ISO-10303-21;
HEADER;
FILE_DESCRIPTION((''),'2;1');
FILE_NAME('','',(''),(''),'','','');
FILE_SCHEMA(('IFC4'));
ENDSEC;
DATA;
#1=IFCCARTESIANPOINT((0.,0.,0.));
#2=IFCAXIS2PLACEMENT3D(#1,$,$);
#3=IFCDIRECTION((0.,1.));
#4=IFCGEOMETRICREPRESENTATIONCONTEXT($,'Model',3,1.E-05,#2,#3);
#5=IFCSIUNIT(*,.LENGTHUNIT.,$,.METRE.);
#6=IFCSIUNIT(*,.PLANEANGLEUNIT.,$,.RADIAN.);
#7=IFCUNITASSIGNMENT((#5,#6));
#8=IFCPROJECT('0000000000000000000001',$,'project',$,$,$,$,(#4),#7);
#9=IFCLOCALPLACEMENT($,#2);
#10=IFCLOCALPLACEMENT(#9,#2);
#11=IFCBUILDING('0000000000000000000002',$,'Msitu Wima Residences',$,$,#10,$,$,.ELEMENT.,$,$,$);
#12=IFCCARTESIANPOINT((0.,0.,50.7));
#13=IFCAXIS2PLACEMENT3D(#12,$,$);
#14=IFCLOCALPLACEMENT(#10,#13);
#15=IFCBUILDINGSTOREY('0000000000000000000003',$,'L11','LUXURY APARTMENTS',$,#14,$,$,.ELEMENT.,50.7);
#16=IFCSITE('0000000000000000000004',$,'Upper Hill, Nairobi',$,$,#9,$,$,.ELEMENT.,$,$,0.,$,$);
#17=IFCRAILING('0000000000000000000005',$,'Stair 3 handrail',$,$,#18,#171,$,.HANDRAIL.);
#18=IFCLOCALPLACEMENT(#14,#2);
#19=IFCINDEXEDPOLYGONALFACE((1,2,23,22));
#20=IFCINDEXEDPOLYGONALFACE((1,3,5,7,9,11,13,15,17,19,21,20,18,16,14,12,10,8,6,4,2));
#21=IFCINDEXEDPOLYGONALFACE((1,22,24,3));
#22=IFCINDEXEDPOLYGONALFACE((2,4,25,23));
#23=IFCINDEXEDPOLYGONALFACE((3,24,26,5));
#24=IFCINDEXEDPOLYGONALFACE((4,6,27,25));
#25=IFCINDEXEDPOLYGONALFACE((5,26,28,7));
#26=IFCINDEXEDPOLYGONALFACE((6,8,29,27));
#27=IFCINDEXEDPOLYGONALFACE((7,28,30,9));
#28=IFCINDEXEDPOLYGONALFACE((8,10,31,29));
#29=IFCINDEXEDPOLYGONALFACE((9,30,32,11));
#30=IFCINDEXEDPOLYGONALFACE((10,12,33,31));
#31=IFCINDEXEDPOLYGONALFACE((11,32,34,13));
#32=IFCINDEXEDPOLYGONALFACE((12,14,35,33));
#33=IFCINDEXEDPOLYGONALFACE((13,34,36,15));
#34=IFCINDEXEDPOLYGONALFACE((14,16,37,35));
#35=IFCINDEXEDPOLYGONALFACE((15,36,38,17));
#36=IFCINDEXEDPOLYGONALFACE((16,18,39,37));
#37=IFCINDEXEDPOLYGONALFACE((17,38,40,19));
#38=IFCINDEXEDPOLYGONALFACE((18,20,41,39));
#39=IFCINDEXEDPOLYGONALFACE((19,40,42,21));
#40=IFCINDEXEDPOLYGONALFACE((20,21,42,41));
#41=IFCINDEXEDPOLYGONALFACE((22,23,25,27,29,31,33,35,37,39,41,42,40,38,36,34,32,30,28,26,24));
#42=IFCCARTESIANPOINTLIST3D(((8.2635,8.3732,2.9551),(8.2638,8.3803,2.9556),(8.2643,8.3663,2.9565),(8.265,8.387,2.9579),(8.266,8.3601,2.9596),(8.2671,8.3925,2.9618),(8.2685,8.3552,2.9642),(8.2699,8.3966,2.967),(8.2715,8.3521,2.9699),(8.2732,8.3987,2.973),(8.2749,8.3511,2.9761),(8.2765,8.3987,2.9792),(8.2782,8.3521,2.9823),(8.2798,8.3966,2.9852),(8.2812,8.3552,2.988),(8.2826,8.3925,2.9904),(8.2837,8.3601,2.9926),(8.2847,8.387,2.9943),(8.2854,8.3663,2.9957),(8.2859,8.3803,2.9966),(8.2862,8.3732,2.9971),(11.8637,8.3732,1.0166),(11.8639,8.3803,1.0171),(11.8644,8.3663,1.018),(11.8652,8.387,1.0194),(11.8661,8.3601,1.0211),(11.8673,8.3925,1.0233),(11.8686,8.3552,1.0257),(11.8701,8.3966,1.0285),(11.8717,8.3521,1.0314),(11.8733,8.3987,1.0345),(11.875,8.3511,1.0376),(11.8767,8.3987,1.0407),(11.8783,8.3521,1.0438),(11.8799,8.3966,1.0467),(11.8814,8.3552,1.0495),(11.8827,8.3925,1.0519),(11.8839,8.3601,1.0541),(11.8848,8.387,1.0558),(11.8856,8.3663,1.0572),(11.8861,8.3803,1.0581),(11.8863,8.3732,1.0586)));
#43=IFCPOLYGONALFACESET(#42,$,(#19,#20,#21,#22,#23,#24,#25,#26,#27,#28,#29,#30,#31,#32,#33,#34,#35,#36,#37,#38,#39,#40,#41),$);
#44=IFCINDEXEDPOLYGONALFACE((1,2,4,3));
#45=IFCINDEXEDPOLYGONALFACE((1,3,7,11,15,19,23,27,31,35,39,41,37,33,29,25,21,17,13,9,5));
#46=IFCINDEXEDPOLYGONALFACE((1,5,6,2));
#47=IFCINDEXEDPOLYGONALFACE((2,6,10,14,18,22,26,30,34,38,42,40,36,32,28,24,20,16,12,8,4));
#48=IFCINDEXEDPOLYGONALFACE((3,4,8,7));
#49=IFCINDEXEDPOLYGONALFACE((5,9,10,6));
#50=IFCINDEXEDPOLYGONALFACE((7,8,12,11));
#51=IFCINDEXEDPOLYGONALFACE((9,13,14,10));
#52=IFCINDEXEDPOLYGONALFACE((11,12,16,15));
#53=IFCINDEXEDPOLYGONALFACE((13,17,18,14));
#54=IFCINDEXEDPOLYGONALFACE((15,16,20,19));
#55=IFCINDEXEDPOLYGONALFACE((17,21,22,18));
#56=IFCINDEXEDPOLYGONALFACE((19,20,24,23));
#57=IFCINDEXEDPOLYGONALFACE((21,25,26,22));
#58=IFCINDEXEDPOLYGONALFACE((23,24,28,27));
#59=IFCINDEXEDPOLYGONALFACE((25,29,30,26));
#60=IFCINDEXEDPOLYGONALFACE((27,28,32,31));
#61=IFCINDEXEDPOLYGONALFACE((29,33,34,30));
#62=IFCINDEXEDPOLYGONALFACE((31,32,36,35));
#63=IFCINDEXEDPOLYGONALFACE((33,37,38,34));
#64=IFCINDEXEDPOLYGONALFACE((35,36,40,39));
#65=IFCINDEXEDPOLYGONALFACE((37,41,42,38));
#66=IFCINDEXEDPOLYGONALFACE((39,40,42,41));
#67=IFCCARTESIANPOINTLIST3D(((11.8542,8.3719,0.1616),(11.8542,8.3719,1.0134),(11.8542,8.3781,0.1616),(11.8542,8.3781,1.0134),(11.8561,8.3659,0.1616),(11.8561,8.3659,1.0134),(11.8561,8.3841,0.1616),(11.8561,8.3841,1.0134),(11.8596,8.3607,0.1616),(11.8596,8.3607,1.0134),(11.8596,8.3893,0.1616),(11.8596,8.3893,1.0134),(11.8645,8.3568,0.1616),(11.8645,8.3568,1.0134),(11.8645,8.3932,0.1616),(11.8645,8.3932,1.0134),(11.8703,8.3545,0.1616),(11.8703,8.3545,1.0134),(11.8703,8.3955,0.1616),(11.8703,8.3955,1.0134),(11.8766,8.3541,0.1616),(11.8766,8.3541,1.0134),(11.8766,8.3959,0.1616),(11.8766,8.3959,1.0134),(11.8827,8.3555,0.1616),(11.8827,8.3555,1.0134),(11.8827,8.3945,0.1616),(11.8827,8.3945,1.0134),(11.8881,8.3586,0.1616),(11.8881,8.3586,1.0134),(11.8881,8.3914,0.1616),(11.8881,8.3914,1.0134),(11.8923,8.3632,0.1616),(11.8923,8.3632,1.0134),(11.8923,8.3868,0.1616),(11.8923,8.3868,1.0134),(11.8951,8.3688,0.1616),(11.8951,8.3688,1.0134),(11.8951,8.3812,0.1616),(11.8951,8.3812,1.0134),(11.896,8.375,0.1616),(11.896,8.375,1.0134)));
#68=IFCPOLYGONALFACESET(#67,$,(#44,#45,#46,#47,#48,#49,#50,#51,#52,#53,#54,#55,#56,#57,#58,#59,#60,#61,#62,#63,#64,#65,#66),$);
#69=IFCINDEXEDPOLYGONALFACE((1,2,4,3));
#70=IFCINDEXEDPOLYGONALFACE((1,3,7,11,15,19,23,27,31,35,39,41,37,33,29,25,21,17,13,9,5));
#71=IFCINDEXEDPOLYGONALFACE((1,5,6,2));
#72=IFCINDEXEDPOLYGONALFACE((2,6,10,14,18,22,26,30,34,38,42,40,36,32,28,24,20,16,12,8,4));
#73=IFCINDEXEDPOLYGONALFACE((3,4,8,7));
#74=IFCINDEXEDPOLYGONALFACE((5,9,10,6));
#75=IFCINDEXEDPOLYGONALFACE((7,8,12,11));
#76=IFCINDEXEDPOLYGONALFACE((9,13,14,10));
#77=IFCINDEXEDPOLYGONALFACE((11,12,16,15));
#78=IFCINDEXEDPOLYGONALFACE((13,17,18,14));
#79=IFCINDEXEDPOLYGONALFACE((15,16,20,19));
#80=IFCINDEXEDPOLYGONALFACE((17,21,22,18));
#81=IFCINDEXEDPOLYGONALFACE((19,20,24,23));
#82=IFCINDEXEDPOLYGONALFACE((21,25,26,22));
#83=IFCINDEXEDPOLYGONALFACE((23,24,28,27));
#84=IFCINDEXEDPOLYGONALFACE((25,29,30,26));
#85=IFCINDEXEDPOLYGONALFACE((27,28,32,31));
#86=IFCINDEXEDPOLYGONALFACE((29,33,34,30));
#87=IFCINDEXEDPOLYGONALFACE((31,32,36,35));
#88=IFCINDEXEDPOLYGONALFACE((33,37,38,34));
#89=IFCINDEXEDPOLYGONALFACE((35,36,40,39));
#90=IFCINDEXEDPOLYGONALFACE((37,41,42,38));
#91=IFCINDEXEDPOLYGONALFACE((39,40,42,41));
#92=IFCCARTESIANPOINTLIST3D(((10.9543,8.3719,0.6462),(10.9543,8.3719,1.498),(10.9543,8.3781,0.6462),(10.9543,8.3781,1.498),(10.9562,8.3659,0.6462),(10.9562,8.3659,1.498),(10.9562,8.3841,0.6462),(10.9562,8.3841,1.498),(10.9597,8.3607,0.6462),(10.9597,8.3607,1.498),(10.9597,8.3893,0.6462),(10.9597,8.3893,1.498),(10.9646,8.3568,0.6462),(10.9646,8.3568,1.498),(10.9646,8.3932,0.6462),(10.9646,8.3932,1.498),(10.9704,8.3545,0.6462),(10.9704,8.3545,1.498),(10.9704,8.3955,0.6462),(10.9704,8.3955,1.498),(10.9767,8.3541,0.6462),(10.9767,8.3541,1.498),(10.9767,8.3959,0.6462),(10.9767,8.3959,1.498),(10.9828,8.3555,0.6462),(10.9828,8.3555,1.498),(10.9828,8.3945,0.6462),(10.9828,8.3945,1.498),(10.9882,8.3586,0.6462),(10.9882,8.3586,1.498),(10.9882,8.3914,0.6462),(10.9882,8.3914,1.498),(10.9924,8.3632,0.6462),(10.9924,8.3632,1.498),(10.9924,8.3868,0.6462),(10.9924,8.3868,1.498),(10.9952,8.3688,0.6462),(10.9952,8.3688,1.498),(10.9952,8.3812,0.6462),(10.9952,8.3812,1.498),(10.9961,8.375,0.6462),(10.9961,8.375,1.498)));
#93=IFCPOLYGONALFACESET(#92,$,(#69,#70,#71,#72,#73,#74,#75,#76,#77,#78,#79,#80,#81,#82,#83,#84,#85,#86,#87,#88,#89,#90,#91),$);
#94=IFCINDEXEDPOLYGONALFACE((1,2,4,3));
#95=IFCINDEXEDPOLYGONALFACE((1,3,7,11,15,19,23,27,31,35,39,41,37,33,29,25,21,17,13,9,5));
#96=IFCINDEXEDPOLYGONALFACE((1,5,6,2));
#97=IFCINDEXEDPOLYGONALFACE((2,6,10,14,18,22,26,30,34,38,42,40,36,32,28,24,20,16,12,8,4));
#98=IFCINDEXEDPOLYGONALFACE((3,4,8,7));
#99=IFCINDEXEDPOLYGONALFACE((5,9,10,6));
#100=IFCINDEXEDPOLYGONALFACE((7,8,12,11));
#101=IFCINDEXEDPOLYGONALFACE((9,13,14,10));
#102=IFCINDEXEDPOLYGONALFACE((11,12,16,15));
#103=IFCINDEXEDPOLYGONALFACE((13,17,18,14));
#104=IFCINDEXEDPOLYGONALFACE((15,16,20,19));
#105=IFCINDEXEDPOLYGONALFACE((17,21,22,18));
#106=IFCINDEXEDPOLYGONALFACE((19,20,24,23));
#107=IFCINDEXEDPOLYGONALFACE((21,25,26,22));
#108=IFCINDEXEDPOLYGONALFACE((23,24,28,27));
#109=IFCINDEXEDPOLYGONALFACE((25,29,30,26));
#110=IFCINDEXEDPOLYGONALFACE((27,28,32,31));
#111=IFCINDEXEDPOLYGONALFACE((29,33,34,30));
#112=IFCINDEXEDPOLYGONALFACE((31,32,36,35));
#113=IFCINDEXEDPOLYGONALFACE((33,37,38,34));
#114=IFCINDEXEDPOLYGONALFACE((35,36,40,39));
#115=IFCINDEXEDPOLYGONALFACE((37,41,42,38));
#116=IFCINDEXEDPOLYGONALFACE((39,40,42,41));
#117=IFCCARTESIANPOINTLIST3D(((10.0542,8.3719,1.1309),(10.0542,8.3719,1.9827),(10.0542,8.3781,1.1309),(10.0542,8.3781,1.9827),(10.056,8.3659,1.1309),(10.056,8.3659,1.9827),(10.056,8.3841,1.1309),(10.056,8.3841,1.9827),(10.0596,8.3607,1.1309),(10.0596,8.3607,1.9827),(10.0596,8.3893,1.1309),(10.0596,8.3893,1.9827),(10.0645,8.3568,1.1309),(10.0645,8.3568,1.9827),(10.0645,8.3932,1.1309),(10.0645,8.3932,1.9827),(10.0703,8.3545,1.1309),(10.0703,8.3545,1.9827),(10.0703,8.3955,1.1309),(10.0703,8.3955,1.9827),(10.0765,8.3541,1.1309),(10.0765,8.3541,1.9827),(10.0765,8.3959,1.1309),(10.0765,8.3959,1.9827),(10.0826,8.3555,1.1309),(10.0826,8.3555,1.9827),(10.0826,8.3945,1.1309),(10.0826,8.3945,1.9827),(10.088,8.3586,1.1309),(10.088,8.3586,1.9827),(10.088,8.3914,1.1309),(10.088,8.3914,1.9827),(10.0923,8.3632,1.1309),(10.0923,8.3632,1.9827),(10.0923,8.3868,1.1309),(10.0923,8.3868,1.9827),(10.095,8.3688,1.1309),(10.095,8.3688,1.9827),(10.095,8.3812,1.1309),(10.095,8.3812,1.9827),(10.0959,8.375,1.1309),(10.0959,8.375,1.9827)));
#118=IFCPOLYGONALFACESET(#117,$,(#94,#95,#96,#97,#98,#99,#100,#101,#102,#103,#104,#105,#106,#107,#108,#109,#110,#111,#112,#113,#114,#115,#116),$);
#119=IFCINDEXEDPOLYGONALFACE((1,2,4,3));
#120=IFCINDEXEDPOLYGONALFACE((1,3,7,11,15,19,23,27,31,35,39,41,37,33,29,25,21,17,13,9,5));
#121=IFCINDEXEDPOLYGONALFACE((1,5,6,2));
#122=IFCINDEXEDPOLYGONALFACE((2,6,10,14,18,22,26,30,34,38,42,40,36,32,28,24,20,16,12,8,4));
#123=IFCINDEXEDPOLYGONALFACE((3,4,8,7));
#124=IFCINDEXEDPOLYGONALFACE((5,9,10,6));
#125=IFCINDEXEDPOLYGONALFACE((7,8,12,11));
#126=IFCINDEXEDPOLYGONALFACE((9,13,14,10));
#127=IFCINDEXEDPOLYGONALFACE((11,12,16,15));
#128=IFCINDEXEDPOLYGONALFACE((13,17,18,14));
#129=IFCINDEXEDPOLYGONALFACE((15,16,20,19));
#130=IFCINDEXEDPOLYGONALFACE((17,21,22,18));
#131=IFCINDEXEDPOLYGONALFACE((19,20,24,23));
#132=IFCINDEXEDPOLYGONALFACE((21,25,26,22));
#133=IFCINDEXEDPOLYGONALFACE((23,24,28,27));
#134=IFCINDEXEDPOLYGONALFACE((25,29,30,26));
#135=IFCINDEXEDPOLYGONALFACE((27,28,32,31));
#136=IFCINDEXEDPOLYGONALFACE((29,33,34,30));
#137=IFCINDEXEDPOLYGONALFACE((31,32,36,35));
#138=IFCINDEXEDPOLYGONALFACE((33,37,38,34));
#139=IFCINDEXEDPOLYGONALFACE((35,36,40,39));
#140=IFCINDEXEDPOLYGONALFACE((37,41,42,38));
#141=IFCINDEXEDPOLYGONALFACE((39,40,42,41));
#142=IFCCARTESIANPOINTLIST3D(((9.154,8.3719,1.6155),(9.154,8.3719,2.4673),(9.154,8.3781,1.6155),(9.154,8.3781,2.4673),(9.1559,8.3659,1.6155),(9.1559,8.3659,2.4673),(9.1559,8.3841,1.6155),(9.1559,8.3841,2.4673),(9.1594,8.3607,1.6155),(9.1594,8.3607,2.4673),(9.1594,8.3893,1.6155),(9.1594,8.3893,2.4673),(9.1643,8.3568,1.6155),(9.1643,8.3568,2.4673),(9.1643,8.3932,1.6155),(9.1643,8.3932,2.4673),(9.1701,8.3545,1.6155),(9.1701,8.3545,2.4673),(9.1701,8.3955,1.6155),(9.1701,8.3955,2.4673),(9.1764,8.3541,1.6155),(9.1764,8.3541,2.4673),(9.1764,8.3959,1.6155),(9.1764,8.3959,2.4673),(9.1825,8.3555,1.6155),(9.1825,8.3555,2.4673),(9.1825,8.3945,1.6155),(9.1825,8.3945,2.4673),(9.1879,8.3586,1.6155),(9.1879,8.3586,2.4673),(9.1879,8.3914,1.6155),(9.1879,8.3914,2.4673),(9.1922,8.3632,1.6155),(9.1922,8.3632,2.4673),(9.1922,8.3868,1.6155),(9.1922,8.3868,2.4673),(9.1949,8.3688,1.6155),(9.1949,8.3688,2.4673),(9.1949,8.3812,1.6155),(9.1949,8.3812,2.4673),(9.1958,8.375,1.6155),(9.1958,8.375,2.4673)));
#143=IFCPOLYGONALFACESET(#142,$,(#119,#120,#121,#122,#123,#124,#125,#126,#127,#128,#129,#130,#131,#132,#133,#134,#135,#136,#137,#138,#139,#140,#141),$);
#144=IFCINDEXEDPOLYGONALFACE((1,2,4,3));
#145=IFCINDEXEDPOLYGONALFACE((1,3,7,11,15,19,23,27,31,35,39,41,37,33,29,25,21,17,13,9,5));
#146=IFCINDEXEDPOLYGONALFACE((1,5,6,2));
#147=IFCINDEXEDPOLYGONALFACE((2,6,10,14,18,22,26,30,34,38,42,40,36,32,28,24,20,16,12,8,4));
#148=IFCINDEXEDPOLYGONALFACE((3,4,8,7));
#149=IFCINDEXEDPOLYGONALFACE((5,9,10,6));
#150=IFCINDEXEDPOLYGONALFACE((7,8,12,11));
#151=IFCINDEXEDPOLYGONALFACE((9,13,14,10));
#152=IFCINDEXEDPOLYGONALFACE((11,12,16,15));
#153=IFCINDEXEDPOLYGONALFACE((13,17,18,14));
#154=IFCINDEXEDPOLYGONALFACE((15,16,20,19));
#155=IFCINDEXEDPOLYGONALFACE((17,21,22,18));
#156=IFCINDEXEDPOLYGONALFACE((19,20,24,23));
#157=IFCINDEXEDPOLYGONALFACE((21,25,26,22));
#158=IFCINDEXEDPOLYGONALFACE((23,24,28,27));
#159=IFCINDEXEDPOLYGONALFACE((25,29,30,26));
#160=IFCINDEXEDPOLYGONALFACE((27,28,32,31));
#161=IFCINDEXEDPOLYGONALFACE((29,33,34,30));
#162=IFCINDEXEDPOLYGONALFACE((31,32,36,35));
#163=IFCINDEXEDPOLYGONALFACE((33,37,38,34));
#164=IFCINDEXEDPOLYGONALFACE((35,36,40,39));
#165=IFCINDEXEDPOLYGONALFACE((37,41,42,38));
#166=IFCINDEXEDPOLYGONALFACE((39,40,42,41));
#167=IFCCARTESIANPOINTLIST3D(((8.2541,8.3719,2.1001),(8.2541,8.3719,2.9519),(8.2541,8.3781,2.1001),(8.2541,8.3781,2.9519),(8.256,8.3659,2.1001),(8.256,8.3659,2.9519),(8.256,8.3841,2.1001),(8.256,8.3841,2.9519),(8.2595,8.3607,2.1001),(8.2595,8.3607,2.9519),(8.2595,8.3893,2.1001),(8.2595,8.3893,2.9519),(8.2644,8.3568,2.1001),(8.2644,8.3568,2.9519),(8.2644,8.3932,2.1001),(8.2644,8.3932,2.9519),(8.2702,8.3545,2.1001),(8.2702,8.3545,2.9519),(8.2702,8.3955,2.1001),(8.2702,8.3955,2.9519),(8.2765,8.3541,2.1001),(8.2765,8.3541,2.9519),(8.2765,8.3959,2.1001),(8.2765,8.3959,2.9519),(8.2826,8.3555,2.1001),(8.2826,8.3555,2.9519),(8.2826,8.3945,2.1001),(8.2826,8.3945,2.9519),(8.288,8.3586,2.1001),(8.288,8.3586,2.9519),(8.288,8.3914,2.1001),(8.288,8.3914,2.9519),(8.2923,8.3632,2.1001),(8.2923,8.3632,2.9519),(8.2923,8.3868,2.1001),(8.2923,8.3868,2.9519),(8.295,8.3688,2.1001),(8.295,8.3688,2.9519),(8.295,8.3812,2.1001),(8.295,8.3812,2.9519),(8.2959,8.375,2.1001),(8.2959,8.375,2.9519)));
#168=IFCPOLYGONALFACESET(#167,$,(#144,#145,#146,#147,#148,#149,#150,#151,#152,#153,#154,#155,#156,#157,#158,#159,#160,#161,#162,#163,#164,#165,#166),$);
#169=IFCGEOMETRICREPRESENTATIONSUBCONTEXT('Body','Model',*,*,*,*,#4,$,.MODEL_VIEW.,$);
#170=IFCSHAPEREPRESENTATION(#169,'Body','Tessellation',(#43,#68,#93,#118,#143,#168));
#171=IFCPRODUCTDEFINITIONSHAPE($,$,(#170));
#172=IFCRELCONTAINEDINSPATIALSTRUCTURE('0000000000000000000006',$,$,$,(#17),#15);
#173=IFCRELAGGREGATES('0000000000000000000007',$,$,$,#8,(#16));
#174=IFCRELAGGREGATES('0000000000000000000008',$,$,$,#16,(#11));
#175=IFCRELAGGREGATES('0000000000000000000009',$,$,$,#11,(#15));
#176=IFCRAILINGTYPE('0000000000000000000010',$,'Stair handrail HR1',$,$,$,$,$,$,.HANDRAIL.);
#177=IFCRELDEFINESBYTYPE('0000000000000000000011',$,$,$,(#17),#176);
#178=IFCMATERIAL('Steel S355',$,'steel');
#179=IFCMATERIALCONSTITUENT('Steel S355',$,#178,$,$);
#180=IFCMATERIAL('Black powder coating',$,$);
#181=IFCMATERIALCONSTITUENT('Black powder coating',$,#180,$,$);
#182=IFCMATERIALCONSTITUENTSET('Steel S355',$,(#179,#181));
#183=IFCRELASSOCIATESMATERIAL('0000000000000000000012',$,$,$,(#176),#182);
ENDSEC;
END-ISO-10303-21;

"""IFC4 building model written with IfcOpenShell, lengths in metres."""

from ifc_helpers import new_model, si_unit, direction, frame, origin, origin_2d, place, context, subcontext, project, spatial, circle, extrude, material, constituent, constituent_set, type_object, element, save


model = new_model("IFC4")

# Units and contexts
model_context = context("Model", 3, precision=1e-05, world=origin(), true_north=direction((0.0, 1.0)))
body_context = subcontext(model_context, "Body", "Model", "MODEL_VIEW")
ifc_project = project(units=[si_unit("LENGTHUNIT", "METRE"), si_unit("PLANEANGLEUNIT", "RADIAN")], contexts=[model_context])

# Site, building, storey
site_placement = place(None, origin())
site = spatial("IfcSite", under=ifc_project, at=site_placement, Name="Upper Hill, Nairobi", CompositionType="ELEMENT", RefElevation=0.0)
building_placement = place(site_placement, origin())
building = spatial("IfcBuilding", under=site, at=building_placement, Name="Msitu Wima Residences", CompositionType="ELEMENT")
storey_placement = place(building_placement, frame((0.0, 0.0, 50.7)))
storey = spatial("IfcBuildingStorey", under=building, at=storey_placement, Name="L11", Description="LUXURY APARTMENTS", CompositionType="ELEMENT", Elevation=50.7)

# Railing
ifc_material_1 = material(Name="Steel S355", Category="steel")
ifc_constituent_1 = constituent(ifc_material_1, Name="Steel S355")
ifc_material_2 = material(Name="Black powder coating")
ifc_constituent_2 = constituent(ifc_material_2, Name="Black powder coating")
ifc_constituent_set = constituent_set(constituents=[ifc_constituent_1, ifc_constituent_2], Name="Steel S355")
railing_type = type_object("IfcRailingType", Name="Stair handrail HR1", PredefinedType="HANDRAIL", material=ifc_constituent_set)
for number, where, name in (
    (1, (11.875, 8.375, 0.1616), "Stair 3 handrail"),
):
    element("IfcRailing", number, at=place(storey_placement, frame(where)), inside=storey, type_object=railing_type, Name=name, PredefinedType="HANDRAIL", context=body_context, shape_type="SweptSolid", body=[
        extrude(circle(Radius=0.0239, at=origin_2d()), frame((0.0, 0.0, 0.876), z_axis=(-0.880475, 0.0, 0.474093), x_axis=(0.0, -1.0, 0.0)), (0.0, 0.0, 1.0), 4.0889),
        extrude(circle(Radius=0.021, at=origin_2d()), origin(), (0.0, 0.0, 1.0), 0.8518),
        extrude(circle(Radius=0.021, at=origin_2d()), frame((-0.8999, 0.0, 0.4846)), (0.0, 0.0, 1.0), 0.8518),
        extrude(circle(Radius=0.021, at=origin_2d()), frame((-1.8, 0.0, 0.9692)), (0.0, 0.0, 1.0), 0.8518),
        extrude(circle(Radius=0.021, at=origin_2d()), frame((-2.7002, 0.0, 1.4539)), (0.0, 0.0, 1.0), 0.8518),
        extrude(circle(Radius=0.021, at=origin_2d()), frame((-3.6001, 0.0, 1.9385)), (0.0, 0.0, 1.0), 0.8518),
    ])

save(model, "model.ifc")
